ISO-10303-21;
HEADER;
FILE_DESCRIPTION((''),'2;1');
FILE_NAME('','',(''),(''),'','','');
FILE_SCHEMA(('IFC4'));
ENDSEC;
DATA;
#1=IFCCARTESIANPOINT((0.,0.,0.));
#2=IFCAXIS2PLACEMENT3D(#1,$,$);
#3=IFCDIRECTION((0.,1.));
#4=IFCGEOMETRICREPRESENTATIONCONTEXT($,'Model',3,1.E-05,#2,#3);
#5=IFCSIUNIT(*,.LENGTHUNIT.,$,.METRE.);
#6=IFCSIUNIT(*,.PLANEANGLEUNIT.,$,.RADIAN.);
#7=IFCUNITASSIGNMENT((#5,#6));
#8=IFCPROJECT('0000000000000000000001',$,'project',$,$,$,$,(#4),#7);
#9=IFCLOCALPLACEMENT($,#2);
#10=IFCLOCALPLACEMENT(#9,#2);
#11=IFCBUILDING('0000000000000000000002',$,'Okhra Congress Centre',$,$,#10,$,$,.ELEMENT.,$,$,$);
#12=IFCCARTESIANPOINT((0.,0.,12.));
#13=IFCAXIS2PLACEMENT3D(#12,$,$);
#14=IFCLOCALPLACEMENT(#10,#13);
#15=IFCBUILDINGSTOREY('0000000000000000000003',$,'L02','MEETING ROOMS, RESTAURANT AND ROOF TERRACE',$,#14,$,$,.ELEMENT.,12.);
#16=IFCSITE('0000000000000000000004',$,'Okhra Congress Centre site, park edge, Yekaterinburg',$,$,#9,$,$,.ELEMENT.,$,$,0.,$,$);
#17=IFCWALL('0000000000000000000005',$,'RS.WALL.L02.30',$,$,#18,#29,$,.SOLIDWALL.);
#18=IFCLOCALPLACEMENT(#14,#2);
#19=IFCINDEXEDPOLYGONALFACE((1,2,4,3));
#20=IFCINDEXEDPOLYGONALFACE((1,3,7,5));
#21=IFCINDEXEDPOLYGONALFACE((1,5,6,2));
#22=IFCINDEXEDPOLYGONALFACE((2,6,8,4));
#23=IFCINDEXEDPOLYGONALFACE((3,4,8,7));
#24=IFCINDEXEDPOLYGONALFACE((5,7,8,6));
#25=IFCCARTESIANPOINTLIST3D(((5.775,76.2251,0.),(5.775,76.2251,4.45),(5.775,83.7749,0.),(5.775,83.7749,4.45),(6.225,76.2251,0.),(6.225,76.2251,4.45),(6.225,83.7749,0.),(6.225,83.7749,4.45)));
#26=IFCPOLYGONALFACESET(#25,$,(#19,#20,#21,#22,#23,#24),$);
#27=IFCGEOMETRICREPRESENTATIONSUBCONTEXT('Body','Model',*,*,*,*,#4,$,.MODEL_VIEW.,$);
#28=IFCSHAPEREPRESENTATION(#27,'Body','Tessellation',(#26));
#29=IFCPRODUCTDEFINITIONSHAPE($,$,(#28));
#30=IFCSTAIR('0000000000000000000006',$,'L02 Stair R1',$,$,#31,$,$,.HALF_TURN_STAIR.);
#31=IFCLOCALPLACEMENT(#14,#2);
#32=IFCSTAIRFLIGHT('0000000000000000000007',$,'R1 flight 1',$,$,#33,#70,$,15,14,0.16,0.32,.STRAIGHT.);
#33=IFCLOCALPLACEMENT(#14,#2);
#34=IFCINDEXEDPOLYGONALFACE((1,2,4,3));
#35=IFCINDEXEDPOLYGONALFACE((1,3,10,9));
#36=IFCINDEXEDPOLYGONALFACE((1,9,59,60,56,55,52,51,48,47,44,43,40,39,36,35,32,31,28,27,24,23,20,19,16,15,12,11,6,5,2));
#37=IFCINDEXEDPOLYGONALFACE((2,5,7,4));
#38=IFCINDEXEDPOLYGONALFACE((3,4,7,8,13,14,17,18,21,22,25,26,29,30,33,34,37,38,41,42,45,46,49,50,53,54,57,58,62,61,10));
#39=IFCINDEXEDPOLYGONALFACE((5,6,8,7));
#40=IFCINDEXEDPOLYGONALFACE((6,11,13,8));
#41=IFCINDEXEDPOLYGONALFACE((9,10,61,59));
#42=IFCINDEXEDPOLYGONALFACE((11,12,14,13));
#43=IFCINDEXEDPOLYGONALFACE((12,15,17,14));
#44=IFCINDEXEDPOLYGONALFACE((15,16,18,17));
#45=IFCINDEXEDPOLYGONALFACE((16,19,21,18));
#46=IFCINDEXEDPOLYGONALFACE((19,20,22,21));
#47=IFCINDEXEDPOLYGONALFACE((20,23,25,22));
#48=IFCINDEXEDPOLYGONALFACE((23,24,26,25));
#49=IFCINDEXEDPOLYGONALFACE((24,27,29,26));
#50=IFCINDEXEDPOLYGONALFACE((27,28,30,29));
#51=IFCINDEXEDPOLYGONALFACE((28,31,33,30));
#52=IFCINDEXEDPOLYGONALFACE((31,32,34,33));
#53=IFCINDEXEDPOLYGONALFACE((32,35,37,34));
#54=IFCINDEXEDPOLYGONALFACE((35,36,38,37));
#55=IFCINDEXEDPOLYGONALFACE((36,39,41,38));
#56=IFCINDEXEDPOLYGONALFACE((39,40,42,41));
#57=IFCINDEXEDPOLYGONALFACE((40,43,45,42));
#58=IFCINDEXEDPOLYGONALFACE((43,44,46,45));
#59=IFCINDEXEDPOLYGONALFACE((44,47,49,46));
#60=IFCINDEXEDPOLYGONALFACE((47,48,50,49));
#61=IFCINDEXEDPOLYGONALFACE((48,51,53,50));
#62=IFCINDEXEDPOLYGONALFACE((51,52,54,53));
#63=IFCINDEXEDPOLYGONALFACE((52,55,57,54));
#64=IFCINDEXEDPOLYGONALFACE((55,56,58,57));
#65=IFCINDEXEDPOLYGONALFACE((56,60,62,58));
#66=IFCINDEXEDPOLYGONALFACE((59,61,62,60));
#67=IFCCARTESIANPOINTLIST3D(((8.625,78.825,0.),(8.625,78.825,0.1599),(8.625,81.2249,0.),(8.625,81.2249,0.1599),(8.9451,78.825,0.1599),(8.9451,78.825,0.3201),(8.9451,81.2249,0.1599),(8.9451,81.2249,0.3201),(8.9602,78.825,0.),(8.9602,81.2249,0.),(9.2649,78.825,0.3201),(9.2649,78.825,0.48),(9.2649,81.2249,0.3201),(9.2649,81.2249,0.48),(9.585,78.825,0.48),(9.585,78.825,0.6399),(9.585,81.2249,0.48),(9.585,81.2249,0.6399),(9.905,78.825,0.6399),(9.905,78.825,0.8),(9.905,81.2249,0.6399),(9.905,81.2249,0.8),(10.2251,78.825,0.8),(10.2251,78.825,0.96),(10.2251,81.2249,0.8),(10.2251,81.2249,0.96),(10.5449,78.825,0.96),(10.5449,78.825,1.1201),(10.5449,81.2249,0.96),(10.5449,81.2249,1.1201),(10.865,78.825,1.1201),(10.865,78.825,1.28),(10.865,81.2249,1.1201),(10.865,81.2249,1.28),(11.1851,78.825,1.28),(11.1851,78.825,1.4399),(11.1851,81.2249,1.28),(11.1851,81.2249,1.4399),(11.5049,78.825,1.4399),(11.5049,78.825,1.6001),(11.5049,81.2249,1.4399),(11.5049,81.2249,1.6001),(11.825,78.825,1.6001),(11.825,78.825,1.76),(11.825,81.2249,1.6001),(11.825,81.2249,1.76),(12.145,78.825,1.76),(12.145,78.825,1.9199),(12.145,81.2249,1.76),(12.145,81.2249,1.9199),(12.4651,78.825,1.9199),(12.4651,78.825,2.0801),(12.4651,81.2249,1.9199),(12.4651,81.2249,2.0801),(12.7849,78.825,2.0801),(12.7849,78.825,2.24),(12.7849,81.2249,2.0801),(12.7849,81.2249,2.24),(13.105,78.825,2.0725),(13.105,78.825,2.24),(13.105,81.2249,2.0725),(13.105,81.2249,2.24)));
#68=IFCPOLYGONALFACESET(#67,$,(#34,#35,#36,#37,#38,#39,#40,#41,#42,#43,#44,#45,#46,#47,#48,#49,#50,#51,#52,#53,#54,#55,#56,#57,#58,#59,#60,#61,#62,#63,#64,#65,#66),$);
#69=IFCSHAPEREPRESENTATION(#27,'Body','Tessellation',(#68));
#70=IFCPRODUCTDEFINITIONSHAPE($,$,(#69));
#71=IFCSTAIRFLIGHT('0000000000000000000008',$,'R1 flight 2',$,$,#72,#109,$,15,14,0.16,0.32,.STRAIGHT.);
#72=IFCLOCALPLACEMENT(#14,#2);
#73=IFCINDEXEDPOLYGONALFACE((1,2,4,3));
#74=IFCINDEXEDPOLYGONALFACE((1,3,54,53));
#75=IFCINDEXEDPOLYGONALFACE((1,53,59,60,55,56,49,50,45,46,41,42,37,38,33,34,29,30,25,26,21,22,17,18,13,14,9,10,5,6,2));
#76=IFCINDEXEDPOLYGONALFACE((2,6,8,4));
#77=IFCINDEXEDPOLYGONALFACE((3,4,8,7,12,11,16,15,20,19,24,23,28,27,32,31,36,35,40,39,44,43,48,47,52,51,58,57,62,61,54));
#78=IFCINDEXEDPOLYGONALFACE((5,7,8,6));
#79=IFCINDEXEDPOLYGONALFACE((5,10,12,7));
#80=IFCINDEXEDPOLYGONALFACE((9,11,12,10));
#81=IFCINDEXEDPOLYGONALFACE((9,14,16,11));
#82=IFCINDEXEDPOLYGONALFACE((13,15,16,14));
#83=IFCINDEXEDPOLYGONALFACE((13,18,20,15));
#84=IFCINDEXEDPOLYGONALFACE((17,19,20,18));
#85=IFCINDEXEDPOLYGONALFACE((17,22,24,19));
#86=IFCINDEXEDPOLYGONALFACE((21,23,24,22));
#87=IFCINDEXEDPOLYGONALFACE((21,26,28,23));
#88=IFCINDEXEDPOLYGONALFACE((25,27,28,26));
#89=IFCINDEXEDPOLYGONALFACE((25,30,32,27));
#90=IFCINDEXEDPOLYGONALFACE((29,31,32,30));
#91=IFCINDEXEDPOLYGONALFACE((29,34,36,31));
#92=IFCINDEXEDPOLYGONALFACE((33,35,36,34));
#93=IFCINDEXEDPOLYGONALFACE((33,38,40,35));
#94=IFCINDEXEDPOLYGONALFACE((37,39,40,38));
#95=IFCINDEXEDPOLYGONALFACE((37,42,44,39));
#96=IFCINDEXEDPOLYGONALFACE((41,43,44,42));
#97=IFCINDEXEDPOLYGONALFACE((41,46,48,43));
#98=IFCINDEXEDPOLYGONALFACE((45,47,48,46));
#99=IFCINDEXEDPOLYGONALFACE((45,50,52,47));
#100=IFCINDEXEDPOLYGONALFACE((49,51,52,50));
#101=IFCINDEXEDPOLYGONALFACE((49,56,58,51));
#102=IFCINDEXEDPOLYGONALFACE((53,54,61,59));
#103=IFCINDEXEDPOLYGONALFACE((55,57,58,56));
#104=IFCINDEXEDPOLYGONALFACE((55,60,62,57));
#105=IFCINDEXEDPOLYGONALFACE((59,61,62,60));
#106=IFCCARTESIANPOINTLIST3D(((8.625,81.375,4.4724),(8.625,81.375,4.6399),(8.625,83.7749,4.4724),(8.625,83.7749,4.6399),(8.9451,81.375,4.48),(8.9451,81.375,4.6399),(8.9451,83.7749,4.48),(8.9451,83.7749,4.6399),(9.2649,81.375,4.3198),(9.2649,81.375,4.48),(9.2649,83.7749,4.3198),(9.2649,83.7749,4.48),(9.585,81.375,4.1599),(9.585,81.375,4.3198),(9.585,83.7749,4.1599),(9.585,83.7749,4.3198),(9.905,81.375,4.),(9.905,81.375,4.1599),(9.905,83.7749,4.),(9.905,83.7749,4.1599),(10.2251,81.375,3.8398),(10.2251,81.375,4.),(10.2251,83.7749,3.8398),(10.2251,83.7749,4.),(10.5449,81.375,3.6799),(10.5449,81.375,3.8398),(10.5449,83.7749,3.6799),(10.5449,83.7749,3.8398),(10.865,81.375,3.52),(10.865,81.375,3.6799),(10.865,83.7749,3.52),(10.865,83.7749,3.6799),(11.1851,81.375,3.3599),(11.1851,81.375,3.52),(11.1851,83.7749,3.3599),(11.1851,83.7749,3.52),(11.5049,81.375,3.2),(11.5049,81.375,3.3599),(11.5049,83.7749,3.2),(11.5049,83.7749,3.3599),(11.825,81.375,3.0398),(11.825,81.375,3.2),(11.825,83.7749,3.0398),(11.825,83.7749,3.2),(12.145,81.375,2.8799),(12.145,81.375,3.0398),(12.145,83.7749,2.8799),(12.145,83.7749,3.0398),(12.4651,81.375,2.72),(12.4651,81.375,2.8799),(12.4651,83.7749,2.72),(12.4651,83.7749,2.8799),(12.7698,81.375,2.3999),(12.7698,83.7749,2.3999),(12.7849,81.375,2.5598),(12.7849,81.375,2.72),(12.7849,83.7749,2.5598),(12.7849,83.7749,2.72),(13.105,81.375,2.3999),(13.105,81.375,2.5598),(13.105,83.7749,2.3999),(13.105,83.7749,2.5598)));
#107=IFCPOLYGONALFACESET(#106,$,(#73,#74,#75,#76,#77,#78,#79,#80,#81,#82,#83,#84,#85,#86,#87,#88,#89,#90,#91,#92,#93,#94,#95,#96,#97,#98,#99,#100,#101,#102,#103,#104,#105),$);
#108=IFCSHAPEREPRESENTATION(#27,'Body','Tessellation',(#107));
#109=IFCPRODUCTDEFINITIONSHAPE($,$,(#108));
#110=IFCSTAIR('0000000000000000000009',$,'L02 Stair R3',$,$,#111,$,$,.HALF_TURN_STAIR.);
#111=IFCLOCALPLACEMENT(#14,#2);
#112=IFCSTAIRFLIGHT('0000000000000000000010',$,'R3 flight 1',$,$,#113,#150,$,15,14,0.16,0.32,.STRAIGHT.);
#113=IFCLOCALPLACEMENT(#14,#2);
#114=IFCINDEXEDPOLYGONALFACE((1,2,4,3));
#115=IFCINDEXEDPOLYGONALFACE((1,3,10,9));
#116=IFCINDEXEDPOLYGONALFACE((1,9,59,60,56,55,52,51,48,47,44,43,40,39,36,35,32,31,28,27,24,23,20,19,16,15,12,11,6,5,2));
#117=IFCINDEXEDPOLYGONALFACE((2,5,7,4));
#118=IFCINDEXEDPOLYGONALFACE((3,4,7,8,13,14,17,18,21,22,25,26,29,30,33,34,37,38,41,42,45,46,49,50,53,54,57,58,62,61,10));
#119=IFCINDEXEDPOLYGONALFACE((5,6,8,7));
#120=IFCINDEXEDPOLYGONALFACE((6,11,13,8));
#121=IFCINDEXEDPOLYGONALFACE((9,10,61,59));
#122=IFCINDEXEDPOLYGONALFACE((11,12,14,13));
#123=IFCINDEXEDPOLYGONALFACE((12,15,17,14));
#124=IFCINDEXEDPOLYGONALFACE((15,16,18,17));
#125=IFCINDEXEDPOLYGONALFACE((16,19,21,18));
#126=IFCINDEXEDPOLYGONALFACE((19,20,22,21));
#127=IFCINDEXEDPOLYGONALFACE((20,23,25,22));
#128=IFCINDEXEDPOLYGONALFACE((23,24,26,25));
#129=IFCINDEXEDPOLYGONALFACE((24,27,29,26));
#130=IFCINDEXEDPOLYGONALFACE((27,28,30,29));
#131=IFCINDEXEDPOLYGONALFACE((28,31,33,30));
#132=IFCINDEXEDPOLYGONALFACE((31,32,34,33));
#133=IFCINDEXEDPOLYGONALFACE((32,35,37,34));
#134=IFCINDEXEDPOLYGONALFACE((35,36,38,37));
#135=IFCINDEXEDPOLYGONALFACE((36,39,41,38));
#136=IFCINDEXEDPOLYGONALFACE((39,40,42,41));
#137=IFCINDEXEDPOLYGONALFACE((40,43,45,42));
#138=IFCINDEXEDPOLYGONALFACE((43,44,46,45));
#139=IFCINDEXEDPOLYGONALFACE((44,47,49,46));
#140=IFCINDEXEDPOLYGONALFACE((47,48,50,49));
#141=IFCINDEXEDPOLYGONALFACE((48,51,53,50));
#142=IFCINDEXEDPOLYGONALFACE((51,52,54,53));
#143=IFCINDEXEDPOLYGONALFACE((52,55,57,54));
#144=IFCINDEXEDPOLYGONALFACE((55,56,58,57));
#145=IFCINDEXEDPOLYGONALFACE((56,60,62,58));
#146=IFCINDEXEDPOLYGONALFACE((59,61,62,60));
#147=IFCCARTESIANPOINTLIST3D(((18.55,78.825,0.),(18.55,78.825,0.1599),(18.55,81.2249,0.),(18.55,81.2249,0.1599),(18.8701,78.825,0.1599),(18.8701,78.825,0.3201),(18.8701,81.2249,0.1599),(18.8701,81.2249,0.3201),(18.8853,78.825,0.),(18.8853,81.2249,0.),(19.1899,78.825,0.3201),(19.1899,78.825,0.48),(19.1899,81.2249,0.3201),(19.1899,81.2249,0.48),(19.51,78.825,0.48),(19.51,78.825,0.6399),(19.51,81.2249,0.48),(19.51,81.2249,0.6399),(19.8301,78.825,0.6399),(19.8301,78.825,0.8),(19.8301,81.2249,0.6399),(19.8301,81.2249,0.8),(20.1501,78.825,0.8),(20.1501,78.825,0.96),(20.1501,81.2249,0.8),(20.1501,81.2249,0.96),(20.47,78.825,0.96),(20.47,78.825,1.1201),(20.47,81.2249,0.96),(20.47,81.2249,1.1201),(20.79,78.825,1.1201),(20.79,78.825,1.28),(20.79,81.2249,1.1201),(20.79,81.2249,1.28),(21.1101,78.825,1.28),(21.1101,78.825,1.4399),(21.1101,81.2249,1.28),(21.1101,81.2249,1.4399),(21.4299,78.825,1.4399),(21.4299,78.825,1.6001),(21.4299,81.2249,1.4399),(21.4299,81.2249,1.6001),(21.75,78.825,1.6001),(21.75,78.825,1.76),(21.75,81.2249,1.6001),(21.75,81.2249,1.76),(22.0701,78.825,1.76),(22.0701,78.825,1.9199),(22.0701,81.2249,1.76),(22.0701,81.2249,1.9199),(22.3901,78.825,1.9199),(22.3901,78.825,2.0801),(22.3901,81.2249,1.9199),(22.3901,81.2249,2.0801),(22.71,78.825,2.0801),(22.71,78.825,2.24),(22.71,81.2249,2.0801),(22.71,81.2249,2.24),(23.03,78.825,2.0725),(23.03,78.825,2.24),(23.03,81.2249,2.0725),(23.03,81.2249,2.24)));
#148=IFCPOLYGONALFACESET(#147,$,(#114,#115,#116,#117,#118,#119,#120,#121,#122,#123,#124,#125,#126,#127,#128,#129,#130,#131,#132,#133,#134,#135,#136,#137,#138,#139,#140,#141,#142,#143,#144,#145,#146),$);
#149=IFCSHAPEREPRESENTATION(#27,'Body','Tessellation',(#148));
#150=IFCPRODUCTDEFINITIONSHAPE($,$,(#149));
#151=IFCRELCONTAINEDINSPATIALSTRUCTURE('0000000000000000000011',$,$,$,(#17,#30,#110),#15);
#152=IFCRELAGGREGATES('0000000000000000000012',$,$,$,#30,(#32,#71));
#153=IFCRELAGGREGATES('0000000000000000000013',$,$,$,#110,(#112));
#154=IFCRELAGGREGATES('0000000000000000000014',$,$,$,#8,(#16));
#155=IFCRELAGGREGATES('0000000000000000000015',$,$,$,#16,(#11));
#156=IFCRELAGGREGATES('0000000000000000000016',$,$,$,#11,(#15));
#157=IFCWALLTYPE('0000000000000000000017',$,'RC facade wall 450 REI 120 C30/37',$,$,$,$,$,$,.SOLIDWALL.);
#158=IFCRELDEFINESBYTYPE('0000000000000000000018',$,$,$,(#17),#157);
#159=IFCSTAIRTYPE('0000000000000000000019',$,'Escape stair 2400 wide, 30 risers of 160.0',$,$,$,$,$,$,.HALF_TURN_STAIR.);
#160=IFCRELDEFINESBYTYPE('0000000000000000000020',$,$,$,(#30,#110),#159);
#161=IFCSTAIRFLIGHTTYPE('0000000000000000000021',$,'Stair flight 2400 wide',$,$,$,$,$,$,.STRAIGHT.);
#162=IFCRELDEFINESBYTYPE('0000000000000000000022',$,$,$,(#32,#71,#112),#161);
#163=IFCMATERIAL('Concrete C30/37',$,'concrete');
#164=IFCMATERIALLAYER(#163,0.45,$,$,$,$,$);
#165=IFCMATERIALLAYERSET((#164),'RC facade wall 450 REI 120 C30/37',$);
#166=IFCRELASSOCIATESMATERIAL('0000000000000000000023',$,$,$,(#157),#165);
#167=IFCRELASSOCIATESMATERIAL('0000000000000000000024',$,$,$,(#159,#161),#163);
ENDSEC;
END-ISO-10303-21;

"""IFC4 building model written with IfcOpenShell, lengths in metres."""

from ifc_helpers import new_model, si_unit, direction, frame, frame_2d, origin, place, context, subcontext, project, spatial, polyline, rectangle, outline, extrude, material, layer, layer_set, type_object, element, aggregate, save


model = new_model("IFC4")

# Units and contexts
model_context = context("Model", 3, precision=1e-05, world=origin(), true_north=direction((0.0, 1.0)))
body_context = subcontext(model_context, "Body", "Model", "MODEL_VIEW")
ifc_project = project(units=[si_unit("LENGTHUNIT", "METRE"), si_unit("PLANEANGLEUNIT", "RADIAN")], contexts=[model_context])

# Site, building, storey
site_placement = place(None, origin())
site = spatial("IfcSite", under=ifc_project, at=site_placement, Name="Okhra Congress Centre site, park edge, Yekaterinburg", CompositionType="ELEMENT", RefElevation=0.0)
building_placement = place(site_placement, origin())
building = spatial("IfcBuilding", under=site, at=building_placement, Name="Okhra Congress Centre", CompositionType="ELEMENT")
storey_placement = place(building_placement, frame((0.0, 0.0, 12.0)))
storey = spatial("IfcBuildingStorey", under=building, at=storey_placement, Name="L02", Description="MEETING ROOMS, RESTAURANT AND ROOF TERRACE", CompositionType="ELEMENT", Elevation=12.0)

# Wall
ifc_material_1 = material(Name="Concrete C30/37", Category="concrete")
ifc_layer_1 = layer(ifc_material_1, 0.45)
ifc_layer_set_1 = layer_set([ifc_layer_1], Name="RC facade wall 450 REI 120 C30/37")
wall_type_1 = type_object("IfcWallType", Name="RC facade wall 450 REI 120 C30/37", PredefinedType="SOLIDWALL", material=ifc_layer_set_1)
wall_1_placement = place(storey_placement, frame((6.0, 83.7749, 0.0), z_axis=(0.0, 0.0, 1.0), x_axis=(0.0, -1.0, 0.0)))
element("IfcWall", 1, at=wall_1_placement, inside=storey, type_object=wall_type_1, Name="RS.WALL.L02.30", PredefinedType="SOLIDWALL", context=body_context, shape_type="SweptSolid", body=[
    extrude(rectangle(XDim=7.5498, YDim=0.45, at=frame_2d((3.7749, 0.0))), origin(), (0.0, 0.0, 1.0), 4.45),
])

# Stairs, stair flights
stair_type = type_object("IfcStairType", Name="Escape stair 2400 wide, 30 risers of 160.0", PredefinedType="HALF_TURN_STAIR", material=ifc_material_1)
stair_1_placement = place(storey_placement, origin())
stair_1 = element("IfcStair", 2, at=stair_1_placement, inside=storey, type_object=stair_type, Name="L02 Stair R1", PredefinedType="HALF_TURN_STAIR")
stair_flight_type = type_object("IfcStairFlightType", Name="Stair flight 2400 wide", PredefinedType="STRAIGHT", material=ifc_material_1)
stair_flight_1_placement = place(storey_placement, frame((8.625, 80.0249, 0.0), z_axis=(0.0, 0.0, 1.0), x_axis=(1.0, 0.0, 0.0)))
stair_flight_1 = element("IfcStairFlight", 3, at=stair_flight_1_placement, type_object=stair_flight_type, Name="R1 flight 1", NumberOfRisers=15, NumberOfTreads=14, PredefinedType="STRAIGHT", RiserHeight=0.16, TreadLength=0.32, context=body_context, shape_type="SweptSolid", body=[
    extrude(outline(polyline([(0.0, 0.0), (0.0, 0.1599), (0.3201, 0.1599), (0.3201, 0.3201), (0.6399, 0.3201), (0.6399, 0.48), (0.96, 0.48), (0.96, 0.6399), (1.28, 0.6399), (1.28, 0.8), (1.6001, 0.8), (1.6001, 0.96), (1.9199, 0.96), (1.9199, 1.1201), (2.24, 1.1201), (2.24, 1.28), (2.5601, 1.28), (2.5601, 1.4399), (2.8799, 1.4399), (2.8799, 1.6001), (3.2, 1.6001), (3.2, 1.76), (3.52, 1.76), (3.52, 1.9199), (3.8401, 1.9199), (3.8401, 2.0801), (4.1599, 2.0801), (4.1599, 2.24), (4.48, 2.24), (4.48, 2.3999), (4.48, 2.0725), (0.3352, 0.0), (0.0, 0.0)])), frame((0.0, 1.2, 0.0), z_axis=(0.0, -1.0, 0.0), x_axis=(1.0, 0.0, 0.0)), (0.0, 0.0, 1.0), 2.3999),
])
stair_flight_2_placement = place(storey_placement, frame((13.105, 82.575, 2.3999), z_axis=(0.0, 0.0, 1.0), x_axis=(-1.0, 0.0, 0.0)))
stair_flight_2 = element("IfcStairFlight", 4, at=stair_flight_2_placement, type_object=stair_flight_type, Name="R1 flight 2", NumberOfRisers=15, NumberOfTreads=14, PredefinedType="STRAIGHT", RiserHeight=0.16, TreadLength=0.32, context=body_context, shape_type="SweptSolid", body=[
    extrude(outline(polyline([(0.0, 0.0), (0.0, 0.1599), (0.3201, 0.1599), (0.3201, 0.3201), (0.6399, 0.3201), (0.6399, 0.48), (0.96, 0.48), (0.96, 0.6399), (1.28, 0.6399), (1.28, 0.8), (1.6001, 0.8), (1.6001, 0.96), (1.9199, 0.96), (1.9199, 1.1201), (2.24, 1.1201), (2.24, 1.28), (2.5601, 1.28), (2.5601, 1.4399), (2.8799, 1.4399), (2.8799, 1.6001), (3.2, 1.6001), (3.2, 1.76), (3.52, 1.76), (3.52, 1.9199), (3.8401, 1.9199), (3.8401, 2.0801), (4.1599, 2.0801), (4.1599, 2.24), (4.48, 2.24), (4.48, 2.3999), (4.48, 2.0725), (0.3352, 0.0), (0.0, 0.0)])), frame((0.0, 1.2, 0.0), z_axis=(0.0, -1.0, 0.0), x_axis=(1.0, 0.0, 0.0)), (0.0, 0.0, 1.0), 2.3999),
])
aggregate(stair_1, [stair_flight_1, stair_flight_2])
stair_2_placement = place(storey_placement, origin())
stair_2 = element("IfcStair", 5, at=stair_2_placement, inside=storey, type_object=stair_type, Name="L02 Stair R3", PredefinedType="HALF_TURN_STAIR")
stair_flight_3_placement = place(storey_placement, frame((18.55, 80.0249, 0.0), z_axis=(0.0, 0.0, 1.0), x_axis=(1.0, 0.0, 0.0)))
stair_flight_3 = element("IfcStairFlight", 6, at=stair_flight_3_placement, type_object=stair_flight_type, Name="R3 flight 1", NumberOfRisers=15, NumberOfTreads=14, PredefinedType="STRAIGHT", RiserHeight=0.16, TreadLength=0.32, context=body_context, shape_type="SweptSolid", body=[
    extrude(outline(polyline([(0.0, 0.0), (0.0, 0.1599), (0.3201, 0.1599), (0.3201, 0.3201), (0.6399, 0.3201), (0.6399, 0.48), (0.96, 0.48), (0.96, 0.6399), (1.28, 0.6399), (1.28, 0.8), (1.6001, 0.8), (1.6001, 0.96), (1.9199, 0.96), (1.9199, 1.1201), (2.24, 1.1201), (2.24, 1.28), (2.5601, 1.28), (2.5601, 1.4399), (2.8799, 1.4399), (2.8799, 1.6001), (3.2, 1.6001), (3.2, 1.76), (3.52, 1.76), (3.52, 1.9199), (3.8401, 1.9199), (3.8401, 2.0801), (4.1599, 2.0801), (4.1599, 2.24), (4.48, 2.24), (4.48, 2.3999), (4.48, 2.0725), (0.3352, 0.0), (0.0, 0.0)])), frame((0.0, 1.2, 0.0), z_axis=(0.0, -1.0, 0.0), x_axis=(1.0, 0.0, 0.0)), (0.0, 0.0, 1.0), 2.3999),
])
aggregate(stair_2, [stair_flight_3])

save(model, "model.ifc")
